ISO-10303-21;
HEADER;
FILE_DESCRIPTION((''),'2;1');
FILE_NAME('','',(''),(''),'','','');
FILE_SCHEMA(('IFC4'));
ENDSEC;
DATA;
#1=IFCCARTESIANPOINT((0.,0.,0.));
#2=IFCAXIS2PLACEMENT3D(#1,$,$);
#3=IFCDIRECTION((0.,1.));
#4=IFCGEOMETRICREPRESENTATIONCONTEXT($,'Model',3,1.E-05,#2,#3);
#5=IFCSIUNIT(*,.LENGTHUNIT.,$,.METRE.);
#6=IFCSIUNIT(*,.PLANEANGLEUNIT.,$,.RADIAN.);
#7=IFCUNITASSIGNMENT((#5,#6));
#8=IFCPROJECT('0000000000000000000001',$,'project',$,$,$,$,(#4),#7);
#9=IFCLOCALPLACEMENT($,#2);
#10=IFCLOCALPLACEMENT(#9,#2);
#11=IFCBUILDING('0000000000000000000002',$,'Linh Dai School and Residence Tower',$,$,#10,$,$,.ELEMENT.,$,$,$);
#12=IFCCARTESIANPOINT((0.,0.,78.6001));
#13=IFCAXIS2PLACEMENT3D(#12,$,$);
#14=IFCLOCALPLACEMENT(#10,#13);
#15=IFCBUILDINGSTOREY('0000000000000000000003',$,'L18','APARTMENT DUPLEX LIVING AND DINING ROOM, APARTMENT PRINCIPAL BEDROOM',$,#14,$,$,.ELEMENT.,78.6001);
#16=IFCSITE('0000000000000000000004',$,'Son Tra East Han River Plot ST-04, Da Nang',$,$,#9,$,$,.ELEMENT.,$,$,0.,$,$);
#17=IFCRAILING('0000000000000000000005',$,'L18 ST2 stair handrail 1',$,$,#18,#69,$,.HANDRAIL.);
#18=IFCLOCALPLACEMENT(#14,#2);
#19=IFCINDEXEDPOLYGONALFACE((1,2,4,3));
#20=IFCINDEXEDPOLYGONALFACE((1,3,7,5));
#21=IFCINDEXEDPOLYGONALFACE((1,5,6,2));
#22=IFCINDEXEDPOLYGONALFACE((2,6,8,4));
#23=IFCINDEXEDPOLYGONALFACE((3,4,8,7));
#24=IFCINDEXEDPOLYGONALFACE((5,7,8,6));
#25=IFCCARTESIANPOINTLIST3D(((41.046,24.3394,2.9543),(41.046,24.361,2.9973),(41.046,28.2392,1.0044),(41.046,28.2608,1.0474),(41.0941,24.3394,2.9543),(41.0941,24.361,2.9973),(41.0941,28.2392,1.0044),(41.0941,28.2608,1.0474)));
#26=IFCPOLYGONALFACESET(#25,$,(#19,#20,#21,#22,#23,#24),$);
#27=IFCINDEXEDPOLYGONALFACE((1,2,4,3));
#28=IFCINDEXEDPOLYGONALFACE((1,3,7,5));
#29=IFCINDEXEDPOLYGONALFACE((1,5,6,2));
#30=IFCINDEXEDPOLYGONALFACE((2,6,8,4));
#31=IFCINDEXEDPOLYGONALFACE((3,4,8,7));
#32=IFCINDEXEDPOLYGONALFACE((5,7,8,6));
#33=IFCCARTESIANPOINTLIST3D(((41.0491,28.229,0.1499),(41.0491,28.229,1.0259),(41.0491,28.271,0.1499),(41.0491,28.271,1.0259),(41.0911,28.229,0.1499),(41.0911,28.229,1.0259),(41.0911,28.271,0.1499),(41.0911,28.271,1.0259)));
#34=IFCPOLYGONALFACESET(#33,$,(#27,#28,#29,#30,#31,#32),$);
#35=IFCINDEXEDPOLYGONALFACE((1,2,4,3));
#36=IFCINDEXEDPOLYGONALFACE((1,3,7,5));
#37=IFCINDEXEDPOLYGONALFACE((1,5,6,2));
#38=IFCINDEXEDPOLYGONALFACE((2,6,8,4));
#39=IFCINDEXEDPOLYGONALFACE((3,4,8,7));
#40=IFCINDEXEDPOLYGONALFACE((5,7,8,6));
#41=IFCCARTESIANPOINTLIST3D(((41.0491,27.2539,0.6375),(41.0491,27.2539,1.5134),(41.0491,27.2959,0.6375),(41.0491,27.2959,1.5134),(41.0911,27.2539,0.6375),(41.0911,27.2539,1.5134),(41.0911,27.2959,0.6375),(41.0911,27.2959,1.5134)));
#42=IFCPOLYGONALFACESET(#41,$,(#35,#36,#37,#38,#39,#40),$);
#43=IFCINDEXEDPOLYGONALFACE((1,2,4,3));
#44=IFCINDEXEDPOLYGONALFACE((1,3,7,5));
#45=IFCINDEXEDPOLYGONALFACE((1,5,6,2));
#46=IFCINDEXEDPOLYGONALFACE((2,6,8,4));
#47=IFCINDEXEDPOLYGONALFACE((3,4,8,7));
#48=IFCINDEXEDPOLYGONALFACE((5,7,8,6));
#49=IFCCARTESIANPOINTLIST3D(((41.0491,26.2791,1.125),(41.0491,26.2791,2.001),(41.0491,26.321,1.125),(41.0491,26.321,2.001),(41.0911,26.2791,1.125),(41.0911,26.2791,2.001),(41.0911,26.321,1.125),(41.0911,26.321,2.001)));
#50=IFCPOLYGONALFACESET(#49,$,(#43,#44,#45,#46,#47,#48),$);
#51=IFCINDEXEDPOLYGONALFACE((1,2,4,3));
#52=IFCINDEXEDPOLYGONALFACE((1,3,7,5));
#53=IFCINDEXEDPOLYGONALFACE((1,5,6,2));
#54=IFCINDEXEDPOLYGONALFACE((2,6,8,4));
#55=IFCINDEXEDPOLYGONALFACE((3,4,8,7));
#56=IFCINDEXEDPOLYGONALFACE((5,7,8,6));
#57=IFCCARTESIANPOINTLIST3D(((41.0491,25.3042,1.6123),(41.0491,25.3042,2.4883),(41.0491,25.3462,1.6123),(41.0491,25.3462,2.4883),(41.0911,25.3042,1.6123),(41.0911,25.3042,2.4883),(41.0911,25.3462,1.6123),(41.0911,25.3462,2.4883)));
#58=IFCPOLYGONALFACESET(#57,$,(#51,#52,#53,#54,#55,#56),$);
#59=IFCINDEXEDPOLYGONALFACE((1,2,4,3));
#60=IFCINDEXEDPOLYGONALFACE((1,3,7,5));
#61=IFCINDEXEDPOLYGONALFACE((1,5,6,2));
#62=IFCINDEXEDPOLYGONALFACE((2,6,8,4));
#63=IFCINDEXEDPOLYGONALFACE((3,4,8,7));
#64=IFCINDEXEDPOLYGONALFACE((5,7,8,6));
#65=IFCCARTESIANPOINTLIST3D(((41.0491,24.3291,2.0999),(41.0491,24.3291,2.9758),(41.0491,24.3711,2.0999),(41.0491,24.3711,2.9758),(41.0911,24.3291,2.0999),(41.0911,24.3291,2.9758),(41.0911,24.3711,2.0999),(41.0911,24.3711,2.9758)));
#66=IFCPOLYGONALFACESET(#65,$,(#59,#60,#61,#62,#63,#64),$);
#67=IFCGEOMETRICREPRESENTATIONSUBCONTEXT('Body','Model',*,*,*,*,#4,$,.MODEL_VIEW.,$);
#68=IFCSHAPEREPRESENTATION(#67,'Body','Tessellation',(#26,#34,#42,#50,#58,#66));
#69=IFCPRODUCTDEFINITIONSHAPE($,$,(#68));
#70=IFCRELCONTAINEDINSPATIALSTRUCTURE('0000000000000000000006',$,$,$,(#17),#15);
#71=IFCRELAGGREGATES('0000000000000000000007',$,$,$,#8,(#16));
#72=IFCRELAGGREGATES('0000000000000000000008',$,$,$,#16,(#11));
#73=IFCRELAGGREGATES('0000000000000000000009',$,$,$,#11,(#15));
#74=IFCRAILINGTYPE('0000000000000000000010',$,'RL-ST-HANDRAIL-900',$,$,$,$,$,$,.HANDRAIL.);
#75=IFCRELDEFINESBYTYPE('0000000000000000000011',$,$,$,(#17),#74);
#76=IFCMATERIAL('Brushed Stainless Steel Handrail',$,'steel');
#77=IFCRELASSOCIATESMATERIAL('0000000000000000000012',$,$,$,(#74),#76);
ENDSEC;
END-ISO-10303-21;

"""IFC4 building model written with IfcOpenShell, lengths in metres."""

from ifc_helpers import new_model, si_unit, direction, frame, origin, origin_2d, place, context, subcontext, project, spatial, rectangle, extrude, source, transform, mapped, material, type_object, element, save


model = new_model("IFC4")

# Units and contexts
model_context = context("Model", 3, precision=1e-05, world=origin(), true_north=direction((0.0, 1.0)))
body_context = subcontext(model_context, "Body", "Model", "MODEL_VIEW")
ifc_project = project(units=[si_unit("LENGTHUNIT", "METRE"), si_unit("PLANEANGLEUNIT", "RADIAN")], contexts=[model_context])

# Site, building, storey
site_placement = place(None, origin())
site = spatial("IfcSite", under=ifc_project, at=site_placement, Name="Son Tra East Han River Plot ST-04, Da Nang", CompositionType="ELEMENT", RefElevation=0.0)
building_placement = place(site_placement, origin())
building = spatial("IfcBuilding", under=site, at=building_placement, Name="Linh Dai School and Residence Tower", CompositionType="ELEMENT")
storey_placement = place(building_placement, frame((0.0, 0.0, 78.6001)))
storey = spatial("IfcBuildingStorey", under=building, at=storey_placement, Name="L18", Description="APARTMENT DUPLEX LIVING AND DINING ROOM, APARTMENT PRINCIPAL BEDROOM", CompositionType="ELEMENT", Elevation=78.6001)

# Railing
ifc_material_1 = material(Name="Brushed Stainless Steel Handrail", Category="steel")
railing_type_1 = type_object("IfcRailingType", Name="RL-ST-HANDRAIL-900", PredefinedType="HANDRAIL", material=ifc_material_1)
shared_shape_1 = source(origin(), body_context, "Body", "SweptSolid", [
    extrude(rectangle(XDim=0.0481, YDim=0.0481, at=origin_2d()), frame((0.0, 0.0, 0.876), z_axis=(0.0, -0.894427, 0.447214), x_axis=(1.0, 0.0, 0.0)), (0.0, 0.0, 1.0), 4.3601),
    extrude(rectangle(XDim=0.042, YDim=0.042, at=origin_2d()), origin(), (0.0, 0.0, 1.0), 0.876),
    extrude(rectangle(XDim=0.042, YDim=0.042, at=origin_2d()), frame((0.0, -0.9751, 0.4875)), (0.0, 0.0, 1.0), 0.876),
    extrude(rectangle(XDim=0.042, YDim=0.042, at=origin_2d()), frame((0.0, -1.95, 0.9751)), (0.0, 0.0, 1.0), 0.876),
    extrude(rectangle(XDim=0.042, YDim=0.042, at=origin_2d()), frame((0.0, -2.9248, 1.4624)), (0.0, 0.0, 1.0), 0.876),
    extrude(rectangle(XDim=0.042, YDim=0.042, at=origin_2d()), frame((0.0, -3.8999, 1.95)), (0.0, 0.0, 1.0), 0.876),
])
railing_1_placement = place(storey_placement, frame((41.0701, 28.25, 0.1499)))
element("IfcRailing", 1, at=railing_1_placement, inside=storey, type_object=railing_type_1, Name="L18 ST2 stair handrail 1", PredefinedType="HANDRAIL", context=body_context, shape_type="MappedRepresentation", body=[
    mapped(shared_shape_1, transform((0.0, 0.0, 0.0), x_axis=(1.0, 0.0, 0.0), y_axis=(0.0, 1.0, 0.0), z_axis=(0.0, 0.0, 1.0), scale=1.0)),
])

save(model, "model.ifc")
